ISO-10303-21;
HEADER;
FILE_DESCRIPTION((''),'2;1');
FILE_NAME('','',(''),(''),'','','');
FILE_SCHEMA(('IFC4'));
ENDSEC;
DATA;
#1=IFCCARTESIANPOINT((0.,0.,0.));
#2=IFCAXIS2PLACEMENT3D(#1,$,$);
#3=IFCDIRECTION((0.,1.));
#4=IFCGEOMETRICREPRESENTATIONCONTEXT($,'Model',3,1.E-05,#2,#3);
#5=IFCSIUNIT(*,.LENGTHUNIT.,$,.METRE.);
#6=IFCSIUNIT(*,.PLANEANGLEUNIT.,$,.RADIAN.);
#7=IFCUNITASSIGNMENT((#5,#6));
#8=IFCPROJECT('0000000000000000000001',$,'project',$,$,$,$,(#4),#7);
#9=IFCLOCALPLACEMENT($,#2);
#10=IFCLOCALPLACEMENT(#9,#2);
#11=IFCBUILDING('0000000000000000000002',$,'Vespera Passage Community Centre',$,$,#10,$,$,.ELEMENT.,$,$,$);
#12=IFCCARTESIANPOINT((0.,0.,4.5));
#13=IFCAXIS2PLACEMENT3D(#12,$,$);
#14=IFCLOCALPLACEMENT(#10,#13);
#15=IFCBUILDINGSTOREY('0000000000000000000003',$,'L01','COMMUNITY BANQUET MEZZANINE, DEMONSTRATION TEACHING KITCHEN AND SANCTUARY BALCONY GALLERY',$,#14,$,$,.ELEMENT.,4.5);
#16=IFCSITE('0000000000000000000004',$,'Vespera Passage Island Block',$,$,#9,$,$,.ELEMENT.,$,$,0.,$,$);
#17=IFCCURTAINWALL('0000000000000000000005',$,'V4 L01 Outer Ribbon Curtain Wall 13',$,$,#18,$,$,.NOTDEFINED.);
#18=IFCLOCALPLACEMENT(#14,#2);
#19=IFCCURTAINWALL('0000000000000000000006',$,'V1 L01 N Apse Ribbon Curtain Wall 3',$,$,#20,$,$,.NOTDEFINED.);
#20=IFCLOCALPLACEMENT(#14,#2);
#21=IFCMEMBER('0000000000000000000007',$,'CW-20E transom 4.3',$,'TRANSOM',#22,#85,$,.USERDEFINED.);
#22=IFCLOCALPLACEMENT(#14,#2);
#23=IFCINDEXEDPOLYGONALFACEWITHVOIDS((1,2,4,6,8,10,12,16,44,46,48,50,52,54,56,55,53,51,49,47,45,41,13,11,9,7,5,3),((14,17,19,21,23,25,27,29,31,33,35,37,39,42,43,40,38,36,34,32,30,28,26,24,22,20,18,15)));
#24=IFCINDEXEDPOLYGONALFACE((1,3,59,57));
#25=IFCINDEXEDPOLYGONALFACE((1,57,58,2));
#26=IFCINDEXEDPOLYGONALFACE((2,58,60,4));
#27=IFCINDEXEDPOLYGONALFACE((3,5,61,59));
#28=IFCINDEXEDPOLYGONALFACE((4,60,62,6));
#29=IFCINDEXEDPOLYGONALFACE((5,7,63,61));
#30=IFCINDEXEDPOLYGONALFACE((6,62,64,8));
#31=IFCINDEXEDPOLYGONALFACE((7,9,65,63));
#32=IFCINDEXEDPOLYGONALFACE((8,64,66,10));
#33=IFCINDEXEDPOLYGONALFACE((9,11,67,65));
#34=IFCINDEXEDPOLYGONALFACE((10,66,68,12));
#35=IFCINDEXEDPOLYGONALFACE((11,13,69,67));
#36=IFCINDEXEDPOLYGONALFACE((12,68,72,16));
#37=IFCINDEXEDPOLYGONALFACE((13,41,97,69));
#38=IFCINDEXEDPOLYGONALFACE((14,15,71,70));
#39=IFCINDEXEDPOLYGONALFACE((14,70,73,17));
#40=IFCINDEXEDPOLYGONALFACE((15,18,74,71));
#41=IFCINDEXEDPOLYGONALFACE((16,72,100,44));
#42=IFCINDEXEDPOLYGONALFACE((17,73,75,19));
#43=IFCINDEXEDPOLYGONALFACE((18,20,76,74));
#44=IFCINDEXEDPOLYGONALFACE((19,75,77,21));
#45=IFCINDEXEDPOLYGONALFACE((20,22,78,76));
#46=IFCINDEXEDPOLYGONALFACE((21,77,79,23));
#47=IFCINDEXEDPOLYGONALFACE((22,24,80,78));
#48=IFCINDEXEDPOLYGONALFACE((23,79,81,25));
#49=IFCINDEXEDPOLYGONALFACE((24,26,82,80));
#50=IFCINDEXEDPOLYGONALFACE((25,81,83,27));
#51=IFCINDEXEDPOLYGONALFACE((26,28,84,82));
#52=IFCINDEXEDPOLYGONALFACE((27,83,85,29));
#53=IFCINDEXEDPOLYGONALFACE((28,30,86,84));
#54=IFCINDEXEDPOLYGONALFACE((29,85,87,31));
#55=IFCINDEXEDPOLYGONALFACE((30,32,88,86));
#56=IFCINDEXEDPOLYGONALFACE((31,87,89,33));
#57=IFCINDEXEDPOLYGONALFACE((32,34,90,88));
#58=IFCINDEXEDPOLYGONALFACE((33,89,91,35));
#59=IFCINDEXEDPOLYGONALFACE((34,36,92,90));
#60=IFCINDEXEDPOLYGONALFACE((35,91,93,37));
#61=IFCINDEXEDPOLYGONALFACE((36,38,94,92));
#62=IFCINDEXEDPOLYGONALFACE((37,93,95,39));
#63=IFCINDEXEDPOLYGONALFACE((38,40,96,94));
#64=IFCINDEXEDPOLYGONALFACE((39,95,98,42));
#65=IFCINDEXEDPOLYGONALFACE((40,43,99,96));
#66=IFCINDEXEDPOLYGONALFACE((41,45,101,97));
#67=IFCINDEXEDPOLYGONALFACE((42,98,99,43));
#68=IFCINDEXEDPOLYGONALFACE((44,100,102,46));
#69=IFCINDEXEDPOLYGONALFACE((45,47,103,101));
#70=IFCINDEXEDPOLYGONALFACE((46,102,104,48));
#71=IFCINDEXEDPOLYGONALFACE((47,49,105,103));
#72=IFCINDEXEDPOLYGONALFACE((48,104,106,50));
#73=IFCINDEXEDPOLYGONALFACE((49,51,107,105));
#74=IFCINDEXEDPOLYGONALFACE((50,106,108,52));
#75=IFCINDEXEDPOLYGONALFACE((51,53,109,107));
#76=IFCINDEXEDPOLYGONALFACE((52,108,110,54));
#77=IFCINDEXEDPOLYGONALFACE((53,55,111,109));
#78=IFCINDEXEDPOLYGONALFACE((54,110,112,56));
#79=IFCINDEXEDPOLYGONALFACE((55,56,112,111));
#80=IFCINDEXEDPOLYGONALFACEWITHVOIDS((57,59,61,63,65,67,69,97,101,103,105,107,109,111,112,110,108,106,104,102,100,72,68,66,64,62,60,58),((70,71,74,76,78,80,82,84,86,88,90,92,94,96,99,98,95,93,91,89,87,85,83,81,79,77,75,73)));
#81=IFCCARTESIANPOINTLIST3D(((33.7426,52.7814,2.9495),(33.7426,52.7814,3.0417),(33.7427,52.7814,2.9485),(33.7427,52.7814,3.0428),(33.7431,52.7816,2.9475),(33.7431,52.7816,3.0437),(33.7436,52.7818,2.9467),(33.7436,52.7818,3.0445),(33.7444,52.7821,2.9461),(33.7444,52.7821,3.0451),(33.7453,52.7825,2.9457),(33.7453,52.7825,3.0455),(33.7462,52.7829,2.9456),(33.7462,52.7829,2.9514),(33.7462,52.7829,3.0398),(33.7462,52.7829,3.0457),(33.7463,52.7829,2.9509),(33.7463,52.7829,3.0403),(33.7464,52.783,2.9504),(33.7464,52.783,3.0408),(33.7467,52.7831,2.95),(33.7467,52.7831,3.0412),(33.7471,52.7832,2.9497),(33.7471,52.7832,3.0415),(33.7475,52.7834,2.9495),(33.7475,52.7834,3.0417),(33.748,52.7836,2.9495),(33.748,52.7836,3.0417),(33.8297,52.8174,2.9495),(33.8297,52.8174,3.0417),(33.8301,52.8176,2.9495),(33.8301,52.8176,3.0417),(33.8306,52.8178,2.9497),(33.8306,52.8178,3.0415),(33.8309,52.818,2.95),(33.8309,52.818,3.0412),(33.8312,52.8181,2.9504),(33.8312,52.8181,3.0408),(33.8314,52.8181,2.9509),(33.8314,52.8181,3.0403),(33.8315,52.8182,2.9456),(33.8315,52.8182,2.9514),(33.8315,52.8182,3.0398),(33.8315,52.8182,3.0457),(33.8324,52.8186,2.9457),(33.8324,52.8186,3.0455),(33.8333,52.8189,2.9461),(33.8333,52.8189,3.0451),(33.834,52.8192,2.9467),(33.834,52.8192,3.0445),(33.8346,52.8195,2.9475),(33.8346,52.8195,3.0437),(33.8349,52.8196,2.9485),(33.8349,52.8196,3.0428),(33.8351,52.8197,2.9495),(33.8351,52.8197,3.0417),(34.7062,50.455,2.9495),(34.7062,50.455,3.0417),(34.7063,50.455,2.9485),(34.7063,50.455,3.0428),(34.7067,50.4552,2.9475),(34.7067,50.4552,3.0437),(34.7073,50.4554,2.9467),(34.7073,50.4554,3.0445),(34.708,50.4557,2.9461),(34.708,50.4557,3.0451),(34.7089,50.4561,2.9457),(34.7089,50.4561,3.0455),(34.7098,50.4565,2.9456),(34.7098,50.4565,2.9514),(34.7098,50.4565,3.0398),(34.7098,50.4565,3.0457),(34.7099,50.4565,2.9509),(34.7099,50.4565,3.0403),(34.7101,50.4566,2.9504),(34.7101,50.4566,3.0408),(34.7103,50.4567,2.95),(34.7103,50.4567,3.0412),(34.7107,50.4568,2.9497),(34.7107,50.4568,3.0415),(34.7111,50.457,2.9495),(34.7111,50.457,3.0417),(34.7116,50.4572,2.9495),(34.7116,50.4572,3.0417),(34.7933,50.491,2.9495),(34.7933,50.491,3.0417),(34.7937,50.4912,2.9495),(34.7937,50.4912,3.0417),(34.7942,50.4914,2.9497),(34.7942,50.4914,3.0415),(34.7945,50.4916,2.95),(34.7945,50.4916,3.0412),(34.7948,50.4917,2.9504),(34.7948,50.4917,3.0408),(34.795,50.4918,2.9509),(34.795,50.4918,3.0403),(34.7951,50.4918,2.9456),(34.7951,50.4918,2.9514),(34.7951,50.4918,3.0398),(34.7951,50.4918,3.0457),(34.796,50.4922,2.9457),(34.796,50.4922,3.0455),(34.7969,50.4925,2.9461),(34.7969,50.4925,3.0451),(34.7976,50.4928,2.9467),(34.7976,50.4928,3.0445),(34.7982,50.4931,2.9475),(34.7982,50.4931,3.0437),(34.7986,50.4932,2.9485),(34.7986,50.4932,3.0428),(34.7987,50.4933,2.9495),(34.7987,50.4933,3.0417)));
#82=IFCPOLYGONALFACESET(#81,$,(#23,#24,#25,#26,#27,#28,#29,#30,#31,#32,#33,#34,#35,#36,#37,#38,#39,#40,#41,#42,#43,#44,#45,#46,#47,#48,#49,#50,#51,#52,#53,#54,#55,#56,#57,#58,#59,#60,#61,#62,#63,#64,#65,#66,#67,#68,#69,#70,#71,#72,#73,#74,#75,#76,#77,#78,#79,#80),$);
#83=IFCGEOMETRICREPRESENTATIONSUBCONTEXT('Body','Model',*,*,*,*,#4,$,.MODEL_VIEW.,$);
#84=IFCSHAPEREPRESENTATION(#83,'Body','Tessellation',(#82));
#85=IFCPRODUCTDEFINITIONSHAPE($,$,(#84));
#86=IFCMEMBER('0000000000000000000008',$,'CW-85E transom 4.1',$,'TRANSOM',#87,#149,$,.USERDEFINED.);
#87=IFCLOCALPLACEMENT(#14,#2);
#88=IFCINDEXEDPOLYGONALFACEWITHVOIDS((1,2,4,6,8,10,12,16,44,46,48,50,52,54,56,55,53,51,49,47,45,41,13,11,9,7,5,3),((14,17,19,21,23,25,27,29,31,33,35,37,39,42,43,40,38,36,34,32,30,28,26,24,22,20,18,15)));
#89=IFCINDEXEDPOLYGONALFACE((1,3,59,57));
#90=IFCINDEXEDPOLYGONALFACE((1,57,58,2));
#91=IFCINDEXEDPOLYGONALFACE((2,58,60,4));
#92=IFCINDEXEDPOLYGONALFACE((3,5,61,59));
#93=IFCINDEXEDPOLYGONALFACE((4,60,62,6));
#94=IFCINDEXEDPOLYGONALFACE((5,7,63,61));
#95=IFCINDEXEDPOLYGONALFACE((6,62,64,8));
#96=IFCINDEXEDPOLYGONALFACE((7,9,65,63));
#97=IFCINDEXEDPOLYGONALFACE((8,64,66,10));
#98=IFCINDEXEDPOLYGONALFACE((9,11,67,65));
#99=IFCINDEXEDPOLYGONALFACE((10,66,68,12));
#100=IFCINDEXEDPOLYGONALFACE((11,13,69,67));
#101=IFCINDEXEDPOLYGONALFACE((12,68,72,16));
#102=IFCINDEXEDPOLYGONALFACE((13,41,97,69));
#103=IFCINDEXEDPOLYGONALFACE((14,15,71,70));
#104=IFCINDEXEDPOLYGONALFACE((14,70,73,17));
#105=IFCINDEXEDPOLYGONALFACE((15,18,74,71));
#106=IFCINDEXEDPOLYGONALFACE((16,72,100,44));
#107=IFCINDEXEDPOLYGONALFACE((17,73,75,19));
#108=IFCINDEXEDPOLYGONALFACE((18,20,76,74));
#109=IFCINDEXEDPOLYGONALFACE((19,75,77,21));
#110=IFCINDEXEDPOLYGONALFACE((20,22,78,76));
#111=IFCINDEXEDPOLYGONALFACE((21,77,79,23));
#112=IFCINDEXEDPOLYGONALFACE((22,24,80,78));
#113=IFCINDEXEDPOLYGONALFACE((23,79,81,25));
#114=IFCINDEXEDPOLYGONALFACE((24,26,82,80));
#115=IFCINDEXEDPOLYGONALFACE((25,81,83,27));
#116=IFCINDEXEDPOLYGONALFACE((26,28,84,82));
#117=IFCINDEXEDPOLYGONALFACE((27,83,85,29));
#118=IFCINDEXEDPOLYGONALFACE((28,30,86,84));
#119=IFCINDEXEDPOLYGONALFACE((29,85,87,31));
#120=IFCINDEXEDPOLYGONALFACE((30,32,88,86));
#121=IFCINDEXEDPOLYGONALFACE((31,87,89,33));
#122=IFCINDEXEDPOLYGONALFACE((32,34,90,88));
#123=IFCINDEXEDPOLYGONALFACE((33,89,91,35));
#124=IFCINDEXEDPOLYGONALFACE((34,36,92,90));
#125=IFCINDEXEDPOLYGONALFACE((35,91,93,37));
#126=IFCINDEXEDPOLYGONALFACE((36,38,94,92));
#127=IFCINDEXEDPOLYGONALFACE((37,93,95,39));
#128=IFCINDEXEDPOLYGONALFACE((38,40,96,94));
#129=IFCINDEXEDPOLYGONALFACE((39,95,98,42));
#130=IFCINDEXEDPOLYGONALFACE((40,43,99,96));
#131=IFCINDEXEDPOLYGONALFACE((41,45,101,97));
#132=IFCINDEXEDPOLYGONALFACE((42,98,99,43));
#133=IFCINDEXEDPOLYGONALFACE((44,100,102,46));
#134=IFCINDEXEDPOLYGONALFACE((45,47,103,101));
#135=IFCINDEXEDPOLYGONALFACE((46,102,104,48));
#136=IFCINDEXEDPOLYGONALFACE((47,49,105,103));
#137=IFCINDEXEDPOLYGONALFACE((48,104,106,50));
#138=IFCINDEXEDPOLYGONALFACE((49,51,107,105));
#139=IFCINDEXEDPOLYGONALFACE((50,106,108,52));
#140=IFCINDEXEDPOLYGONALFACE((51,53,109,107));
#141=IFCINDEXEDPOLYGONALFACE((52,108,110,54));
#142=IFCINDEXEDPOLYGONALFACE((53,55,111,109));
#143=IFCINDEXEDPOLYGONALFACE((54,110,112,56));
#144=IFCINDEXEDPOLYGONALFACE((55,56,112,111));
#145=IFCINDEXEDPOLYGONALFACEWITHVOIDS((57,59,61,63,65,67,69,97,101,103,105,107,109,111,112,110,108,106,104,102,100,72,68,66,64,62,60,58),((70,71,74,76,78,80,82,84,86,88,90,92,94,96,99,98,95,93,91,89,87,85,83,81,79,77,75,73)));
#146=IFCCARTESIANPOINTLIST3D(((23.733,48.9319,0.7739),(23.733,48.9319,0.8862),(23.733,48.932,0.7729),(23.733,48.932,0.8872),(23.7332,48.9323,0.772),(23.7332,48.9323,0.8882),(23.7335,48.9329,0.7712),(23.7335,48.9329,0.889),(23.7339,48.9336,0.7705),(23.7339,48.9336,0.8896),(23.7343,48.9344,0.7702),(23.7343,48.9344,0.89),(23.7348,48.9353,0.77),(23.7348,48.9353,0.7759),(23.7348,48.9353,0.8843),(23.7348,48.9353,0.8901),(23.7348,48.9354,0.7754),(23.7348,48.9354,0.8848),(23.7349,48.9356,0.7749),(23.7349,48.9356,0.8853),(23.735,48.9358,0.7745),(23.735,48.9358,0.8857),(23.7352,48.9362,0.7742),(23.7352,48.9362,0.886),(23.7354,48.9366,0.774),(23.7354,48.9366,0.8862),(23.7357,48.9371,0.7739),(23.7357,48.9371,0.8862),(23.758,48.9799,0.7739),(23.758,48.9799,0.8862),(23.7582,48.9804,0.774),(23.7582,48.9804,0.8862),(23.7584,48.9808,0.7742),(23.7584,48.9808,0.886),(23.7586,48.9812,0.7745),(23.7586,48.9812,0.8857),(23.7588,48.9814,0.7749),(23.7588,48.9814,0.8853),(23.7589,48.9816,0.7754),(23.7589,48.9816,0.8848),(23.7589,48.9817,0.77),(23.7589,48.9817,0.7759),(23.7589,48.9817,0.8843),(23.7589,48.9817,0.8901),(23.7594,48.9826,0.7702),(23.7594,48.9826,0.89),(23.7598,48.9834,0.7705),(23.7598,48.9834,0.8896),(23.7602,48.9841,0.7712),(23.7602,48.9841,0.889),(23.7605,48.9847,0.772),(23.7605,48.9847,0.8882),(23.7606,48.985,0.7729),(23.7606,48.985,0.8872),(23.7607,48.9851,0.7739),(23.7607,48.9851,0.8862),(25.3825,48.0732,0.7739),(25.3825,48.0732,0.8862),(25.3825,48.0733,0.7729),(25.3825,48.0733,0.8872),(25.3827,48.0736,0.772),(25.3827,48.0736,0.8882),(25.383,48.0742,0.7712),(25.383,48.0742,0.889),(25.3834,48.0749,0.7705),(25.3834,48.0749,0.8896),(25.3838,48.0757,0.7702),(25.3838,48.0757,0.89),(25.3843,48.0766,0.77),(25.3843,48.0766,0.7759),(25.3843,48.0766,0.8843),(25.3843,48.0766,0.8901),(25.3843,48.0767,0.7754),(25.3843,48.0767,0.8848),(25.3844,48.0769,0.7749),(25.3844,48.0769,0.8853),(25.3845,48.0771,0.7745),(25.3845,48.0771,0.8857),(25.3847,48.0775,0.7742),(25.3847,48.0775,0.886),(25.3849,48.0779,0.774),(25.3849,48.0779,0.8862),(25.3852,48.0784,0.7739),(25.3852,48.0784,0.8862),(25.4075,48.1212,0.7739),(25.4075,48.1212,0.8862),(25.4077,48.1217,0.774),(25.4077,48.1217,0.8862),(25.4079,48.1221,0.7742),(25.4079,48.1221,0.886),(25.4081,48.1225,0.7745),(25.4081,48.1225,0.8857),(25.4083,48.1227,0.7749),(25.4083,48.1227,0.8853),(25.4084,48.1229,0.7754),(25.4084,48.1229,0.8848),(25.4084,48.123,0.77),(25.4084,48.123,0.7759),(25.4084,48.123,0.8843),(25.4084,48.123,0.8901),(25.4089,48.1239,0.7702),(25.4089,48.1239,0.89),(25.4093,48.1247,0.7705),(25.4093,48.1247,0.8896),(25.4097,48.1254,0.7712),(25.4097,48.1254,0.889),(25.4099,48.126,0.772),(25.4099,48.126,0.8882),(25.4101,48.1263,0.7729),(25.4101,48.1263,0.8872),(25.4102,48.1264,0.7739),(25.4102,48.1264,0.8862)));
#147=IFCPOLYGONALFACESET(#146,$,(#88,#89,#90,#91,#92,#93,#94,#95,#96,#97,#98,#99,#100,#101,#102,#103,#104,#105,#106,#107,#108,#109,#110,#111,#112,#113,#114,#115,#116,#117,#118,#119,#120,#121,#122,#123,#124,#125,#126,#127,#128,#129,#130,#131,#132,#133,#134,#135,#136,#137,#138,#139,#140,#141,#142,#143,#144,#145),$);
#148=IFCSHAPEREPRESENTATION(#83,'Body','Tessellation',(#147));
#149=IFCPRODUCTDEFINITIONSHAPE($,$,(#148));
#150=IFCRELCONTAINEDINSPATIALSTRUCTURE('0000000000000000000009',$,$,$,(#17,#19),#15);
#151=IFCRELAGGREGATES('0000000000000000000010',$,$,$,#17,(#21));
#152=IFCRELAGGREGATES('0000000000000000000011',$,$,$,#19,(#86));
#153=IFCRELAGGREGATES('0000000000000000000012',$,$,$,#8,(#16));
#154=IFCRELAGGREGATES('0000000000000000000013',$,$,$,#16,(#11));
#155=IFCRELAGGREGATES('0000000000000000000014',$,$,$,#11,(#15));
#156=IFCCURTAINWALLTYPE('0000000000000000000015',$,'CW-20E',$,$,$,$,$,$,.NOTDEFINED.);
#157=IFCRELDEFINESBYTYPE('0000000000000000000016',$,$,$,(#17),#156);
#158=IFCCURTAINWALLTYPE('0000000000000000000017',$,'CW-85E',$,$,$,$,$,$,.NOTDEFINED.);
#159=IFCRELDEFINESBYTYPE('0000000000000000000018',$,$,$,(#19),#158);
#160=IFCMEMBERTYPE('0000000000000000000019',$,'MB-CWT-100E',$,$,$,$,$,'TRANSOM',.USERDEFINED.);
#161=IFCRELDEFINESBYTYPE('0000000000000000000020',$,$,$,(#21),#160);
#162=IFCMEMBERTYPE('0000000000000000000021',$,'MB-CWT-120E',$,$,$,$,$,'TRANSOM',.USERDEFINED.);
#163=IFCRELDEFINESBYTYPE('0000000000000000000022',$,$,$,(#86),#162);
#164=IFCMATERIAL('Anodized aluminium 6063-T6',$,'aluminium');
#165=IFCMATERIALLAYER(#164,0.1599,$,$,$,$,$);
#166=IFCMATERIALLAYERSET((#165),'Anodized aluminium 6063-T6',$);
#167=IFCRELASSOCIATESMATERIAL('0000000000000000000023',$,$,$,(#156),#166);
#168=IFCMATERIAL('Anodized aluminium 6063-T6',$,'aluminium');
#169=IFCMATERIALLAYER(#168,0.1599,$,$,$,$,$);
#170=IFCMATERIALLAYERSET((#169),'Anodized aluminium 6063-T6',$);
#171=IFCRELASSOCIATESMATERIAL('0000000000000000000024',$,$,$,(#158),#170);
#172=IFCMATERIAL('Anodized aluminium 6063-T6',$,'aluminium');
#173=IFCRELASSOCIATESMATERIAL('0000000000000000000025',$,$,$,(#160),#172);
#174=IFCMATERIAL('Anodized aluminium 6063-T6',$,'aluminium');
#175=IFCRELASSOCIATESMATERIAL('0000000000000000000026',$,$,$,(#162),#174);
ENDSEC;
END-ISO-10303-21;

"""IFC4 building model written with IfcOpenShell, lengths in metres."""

from ifc_helpers import new_model, si_unit, direction, frame, origin, origin_2d, place, context, subcontext, project, spatial, hollow_rectangle, extrude, material, layer, layer_set, material_profile, profile_set, type_object, element, aggregate, save


model = new_model("IFC4")

# Units and contexts
model_context = context("Model", 3, precision=1e-05, world=origin(), true_north=direction((0.0, 1.0)))
body_context = subcontext(model_context, "Body", "Model", "MODEL_VIEW")
ifc_project = project(units=[si_unit("LENGTHUNIT", "METRE"), si_unit("PLANEANGLEUNIT", "RADIAN")], contexts=[model_context])

# Site, building, storey
site_placement = place(None, origin())
site = spatial("IfcSite", under=ifc_project, at=site_placement, Name="Vespera Passage Island Block", CompositionType="ELEMENT", RefElevation=0.0)
building_placement = place(site_placement, origin())
building = spatial("IfcBuilding", under=site, at=building_placement, Name="Vespera Passage Community Centre", CompositionType="ELEMENT")
storey_placement = place(building_placement, frame((0.0, 0.0, 4.5)))
storey = spatial("IfcBuildingStorey", under=building, at=storey_placement, Name="L01", Description="COMMUNITY BANQUET MEZZANINE, DEMONSTRATION TEACHING KITCHEN AND SANCTUARY BALCONY GALLERY", CompositionType="ELEMENT", Elevation=4.5)

# Curtain wall
ifc_material_1 = material(Name="Anodized aluminium 6063-T6", Category="aluminium")
ifc_layer_1 = layer(ifc_material_1, 0.1599)
ifc_layer_set_1 = layer_set([ifc_layer_1], Name="Anodized aluminium 6063-T6")
curtain_wall_type_1 = type_object("IfcCurtainWallType", Name="CW-20E", PredefinedType="NOTDEFINED", material=ifc_layer_set_1)
curtain_wall_1_placement = place(storey_placement, origin())
curtain_wall_1 = element("IfcCurtainWall", 1, at=curtain_wall_1_placement, inside=storey, type_object=curtain_wall_type_1, Name="V4 L01 Outer Ribbon Curtain Wall 13", PredefinedType="NOTDEFINED")

# Curtain wall
ifc_material_2 = material(Name="Anodized aluminium 6063-T6", Category="aluminium")
ifc_layer_2 = layer(ifc_material_2, 0.1599)
ifc_layer_set_2 = layer_set([ifc_layer_2], Name="Anodized aluminium 6063-T6")
curtain_wall_type_2 = type_object("IfcCurtainWallType", Name="CW-85E", PredefinedType="NOTDEFINED", material=ifc_layer_set_2)
curtain_wall_2_placement = place(storey_placement, origin())
curtain_wall_2 = element("IfcCurtainWall", 2, at=curtain_wall_2_placement, inside=storey, type_object=curtain_wall_type_2, Name="V1 L01 N Apse Ribbon Curtain Wall 3", PredefinedType="NOTDEFINED")

# Members
ifc_material_3 = material(Name="Anodized aluminium 6063-T6", Category="aluminium")
ifc_material_profile_1 = material_profile(ifc_material_3, hollow_rectangle(XDim=0.1001, YDim=0.1001, WallThickness=0.0039, InnerFilletRadius=0.002, OuterFilletRadius=0.0039, at=origin_2d()), Name="ALU100X100X4")
ifc_profile_set_1 = profile_set([ifc_material_profile_1], Name="Anodized aluminium 6063-T6")
member_type_1 = type_object("IfcMemberType", Name="MB-CWT-100E", ElementType="TRANSOM", PredefinedType="USERDEFINED", material=ifc_profile_set_1)
member_1_placement = place(storey_placement, frame((34.7524, 50.4741, 2.9956), z_axis=(-0.38268, 0.923881, 0.0), x_axis=(-0.923881, -0.38268, 0.0)))
member_1 = element("IfcMember", 3, at=member_1_placement, type_object=member_type_1, Name="CW-20E transom 4.3", ObjectType="TRANSOM", PredefinedType="USERDEFINED", context=body_context, shape_type="SweptSolid", body=[
    extrude(hollow_rectangle(XDim=0.1001, YDim=0.1001, WallThickness=0.0039, InnerFilletRadius=0.002, OuterFilletRadius=0.0039, at=origin_2d()), origin(), (0.0, 0.0, 1.0), 2.5181),
])
ifc_material_4 = material(Name="Anodized aluminium 6063-T6", Category="aluminium")
ifc_material_profile_2 = material_profile(ifc_material_4, hollow_rectangle(XDim=0.0601, YDim=0.1201, WallThickness=0.0039, InnerFilletRadius=0.002, OuterFilletRadius=0.0039, at=origin_2d()), Name="ALU120X60X4")
ifc_profile_set_2 = profile_set([ifc_material_profile_2], Name="Anodized aluminium 6063-T6")
member_type_2 = type_object("IfcMemberType", Name="MB-CWT-120E", ElementType="TRANSOM", PredefinedType="USERDEFINED", material=ifc_profile_set_2)
member_2_placement = place(storey_placement, frame((23.7468, 48.9585, 0.8301), z_axis=(0.887008, -0.461754, 0.0), x_axis=(0.461754, 0.887008, 0.0)))
member_2 = element("IfcMember", 4, at=member_2_placement, type_object=member_type_2, Name="CW-85E transom 4.1", ObjectType="TRANSOM", PredefinedType="USERDEFINED", context=body_context, shape_type="SweptSolid", body=[
    extrude(hollow_rectangle(XDim=0.0601, YDim=0.1201, WallThickness=0.0039, InnerFilletRadius=0.002, OuterFilletRadius=0.0039, at=origin_2d()), origin(), (0.0, 0.0, 1.0), 1.8596),
])

aggregate(curtain_wall_1, [member_1])
aggregate(curtain_wall_2, [member_2])

save(model, "model.ifc")
